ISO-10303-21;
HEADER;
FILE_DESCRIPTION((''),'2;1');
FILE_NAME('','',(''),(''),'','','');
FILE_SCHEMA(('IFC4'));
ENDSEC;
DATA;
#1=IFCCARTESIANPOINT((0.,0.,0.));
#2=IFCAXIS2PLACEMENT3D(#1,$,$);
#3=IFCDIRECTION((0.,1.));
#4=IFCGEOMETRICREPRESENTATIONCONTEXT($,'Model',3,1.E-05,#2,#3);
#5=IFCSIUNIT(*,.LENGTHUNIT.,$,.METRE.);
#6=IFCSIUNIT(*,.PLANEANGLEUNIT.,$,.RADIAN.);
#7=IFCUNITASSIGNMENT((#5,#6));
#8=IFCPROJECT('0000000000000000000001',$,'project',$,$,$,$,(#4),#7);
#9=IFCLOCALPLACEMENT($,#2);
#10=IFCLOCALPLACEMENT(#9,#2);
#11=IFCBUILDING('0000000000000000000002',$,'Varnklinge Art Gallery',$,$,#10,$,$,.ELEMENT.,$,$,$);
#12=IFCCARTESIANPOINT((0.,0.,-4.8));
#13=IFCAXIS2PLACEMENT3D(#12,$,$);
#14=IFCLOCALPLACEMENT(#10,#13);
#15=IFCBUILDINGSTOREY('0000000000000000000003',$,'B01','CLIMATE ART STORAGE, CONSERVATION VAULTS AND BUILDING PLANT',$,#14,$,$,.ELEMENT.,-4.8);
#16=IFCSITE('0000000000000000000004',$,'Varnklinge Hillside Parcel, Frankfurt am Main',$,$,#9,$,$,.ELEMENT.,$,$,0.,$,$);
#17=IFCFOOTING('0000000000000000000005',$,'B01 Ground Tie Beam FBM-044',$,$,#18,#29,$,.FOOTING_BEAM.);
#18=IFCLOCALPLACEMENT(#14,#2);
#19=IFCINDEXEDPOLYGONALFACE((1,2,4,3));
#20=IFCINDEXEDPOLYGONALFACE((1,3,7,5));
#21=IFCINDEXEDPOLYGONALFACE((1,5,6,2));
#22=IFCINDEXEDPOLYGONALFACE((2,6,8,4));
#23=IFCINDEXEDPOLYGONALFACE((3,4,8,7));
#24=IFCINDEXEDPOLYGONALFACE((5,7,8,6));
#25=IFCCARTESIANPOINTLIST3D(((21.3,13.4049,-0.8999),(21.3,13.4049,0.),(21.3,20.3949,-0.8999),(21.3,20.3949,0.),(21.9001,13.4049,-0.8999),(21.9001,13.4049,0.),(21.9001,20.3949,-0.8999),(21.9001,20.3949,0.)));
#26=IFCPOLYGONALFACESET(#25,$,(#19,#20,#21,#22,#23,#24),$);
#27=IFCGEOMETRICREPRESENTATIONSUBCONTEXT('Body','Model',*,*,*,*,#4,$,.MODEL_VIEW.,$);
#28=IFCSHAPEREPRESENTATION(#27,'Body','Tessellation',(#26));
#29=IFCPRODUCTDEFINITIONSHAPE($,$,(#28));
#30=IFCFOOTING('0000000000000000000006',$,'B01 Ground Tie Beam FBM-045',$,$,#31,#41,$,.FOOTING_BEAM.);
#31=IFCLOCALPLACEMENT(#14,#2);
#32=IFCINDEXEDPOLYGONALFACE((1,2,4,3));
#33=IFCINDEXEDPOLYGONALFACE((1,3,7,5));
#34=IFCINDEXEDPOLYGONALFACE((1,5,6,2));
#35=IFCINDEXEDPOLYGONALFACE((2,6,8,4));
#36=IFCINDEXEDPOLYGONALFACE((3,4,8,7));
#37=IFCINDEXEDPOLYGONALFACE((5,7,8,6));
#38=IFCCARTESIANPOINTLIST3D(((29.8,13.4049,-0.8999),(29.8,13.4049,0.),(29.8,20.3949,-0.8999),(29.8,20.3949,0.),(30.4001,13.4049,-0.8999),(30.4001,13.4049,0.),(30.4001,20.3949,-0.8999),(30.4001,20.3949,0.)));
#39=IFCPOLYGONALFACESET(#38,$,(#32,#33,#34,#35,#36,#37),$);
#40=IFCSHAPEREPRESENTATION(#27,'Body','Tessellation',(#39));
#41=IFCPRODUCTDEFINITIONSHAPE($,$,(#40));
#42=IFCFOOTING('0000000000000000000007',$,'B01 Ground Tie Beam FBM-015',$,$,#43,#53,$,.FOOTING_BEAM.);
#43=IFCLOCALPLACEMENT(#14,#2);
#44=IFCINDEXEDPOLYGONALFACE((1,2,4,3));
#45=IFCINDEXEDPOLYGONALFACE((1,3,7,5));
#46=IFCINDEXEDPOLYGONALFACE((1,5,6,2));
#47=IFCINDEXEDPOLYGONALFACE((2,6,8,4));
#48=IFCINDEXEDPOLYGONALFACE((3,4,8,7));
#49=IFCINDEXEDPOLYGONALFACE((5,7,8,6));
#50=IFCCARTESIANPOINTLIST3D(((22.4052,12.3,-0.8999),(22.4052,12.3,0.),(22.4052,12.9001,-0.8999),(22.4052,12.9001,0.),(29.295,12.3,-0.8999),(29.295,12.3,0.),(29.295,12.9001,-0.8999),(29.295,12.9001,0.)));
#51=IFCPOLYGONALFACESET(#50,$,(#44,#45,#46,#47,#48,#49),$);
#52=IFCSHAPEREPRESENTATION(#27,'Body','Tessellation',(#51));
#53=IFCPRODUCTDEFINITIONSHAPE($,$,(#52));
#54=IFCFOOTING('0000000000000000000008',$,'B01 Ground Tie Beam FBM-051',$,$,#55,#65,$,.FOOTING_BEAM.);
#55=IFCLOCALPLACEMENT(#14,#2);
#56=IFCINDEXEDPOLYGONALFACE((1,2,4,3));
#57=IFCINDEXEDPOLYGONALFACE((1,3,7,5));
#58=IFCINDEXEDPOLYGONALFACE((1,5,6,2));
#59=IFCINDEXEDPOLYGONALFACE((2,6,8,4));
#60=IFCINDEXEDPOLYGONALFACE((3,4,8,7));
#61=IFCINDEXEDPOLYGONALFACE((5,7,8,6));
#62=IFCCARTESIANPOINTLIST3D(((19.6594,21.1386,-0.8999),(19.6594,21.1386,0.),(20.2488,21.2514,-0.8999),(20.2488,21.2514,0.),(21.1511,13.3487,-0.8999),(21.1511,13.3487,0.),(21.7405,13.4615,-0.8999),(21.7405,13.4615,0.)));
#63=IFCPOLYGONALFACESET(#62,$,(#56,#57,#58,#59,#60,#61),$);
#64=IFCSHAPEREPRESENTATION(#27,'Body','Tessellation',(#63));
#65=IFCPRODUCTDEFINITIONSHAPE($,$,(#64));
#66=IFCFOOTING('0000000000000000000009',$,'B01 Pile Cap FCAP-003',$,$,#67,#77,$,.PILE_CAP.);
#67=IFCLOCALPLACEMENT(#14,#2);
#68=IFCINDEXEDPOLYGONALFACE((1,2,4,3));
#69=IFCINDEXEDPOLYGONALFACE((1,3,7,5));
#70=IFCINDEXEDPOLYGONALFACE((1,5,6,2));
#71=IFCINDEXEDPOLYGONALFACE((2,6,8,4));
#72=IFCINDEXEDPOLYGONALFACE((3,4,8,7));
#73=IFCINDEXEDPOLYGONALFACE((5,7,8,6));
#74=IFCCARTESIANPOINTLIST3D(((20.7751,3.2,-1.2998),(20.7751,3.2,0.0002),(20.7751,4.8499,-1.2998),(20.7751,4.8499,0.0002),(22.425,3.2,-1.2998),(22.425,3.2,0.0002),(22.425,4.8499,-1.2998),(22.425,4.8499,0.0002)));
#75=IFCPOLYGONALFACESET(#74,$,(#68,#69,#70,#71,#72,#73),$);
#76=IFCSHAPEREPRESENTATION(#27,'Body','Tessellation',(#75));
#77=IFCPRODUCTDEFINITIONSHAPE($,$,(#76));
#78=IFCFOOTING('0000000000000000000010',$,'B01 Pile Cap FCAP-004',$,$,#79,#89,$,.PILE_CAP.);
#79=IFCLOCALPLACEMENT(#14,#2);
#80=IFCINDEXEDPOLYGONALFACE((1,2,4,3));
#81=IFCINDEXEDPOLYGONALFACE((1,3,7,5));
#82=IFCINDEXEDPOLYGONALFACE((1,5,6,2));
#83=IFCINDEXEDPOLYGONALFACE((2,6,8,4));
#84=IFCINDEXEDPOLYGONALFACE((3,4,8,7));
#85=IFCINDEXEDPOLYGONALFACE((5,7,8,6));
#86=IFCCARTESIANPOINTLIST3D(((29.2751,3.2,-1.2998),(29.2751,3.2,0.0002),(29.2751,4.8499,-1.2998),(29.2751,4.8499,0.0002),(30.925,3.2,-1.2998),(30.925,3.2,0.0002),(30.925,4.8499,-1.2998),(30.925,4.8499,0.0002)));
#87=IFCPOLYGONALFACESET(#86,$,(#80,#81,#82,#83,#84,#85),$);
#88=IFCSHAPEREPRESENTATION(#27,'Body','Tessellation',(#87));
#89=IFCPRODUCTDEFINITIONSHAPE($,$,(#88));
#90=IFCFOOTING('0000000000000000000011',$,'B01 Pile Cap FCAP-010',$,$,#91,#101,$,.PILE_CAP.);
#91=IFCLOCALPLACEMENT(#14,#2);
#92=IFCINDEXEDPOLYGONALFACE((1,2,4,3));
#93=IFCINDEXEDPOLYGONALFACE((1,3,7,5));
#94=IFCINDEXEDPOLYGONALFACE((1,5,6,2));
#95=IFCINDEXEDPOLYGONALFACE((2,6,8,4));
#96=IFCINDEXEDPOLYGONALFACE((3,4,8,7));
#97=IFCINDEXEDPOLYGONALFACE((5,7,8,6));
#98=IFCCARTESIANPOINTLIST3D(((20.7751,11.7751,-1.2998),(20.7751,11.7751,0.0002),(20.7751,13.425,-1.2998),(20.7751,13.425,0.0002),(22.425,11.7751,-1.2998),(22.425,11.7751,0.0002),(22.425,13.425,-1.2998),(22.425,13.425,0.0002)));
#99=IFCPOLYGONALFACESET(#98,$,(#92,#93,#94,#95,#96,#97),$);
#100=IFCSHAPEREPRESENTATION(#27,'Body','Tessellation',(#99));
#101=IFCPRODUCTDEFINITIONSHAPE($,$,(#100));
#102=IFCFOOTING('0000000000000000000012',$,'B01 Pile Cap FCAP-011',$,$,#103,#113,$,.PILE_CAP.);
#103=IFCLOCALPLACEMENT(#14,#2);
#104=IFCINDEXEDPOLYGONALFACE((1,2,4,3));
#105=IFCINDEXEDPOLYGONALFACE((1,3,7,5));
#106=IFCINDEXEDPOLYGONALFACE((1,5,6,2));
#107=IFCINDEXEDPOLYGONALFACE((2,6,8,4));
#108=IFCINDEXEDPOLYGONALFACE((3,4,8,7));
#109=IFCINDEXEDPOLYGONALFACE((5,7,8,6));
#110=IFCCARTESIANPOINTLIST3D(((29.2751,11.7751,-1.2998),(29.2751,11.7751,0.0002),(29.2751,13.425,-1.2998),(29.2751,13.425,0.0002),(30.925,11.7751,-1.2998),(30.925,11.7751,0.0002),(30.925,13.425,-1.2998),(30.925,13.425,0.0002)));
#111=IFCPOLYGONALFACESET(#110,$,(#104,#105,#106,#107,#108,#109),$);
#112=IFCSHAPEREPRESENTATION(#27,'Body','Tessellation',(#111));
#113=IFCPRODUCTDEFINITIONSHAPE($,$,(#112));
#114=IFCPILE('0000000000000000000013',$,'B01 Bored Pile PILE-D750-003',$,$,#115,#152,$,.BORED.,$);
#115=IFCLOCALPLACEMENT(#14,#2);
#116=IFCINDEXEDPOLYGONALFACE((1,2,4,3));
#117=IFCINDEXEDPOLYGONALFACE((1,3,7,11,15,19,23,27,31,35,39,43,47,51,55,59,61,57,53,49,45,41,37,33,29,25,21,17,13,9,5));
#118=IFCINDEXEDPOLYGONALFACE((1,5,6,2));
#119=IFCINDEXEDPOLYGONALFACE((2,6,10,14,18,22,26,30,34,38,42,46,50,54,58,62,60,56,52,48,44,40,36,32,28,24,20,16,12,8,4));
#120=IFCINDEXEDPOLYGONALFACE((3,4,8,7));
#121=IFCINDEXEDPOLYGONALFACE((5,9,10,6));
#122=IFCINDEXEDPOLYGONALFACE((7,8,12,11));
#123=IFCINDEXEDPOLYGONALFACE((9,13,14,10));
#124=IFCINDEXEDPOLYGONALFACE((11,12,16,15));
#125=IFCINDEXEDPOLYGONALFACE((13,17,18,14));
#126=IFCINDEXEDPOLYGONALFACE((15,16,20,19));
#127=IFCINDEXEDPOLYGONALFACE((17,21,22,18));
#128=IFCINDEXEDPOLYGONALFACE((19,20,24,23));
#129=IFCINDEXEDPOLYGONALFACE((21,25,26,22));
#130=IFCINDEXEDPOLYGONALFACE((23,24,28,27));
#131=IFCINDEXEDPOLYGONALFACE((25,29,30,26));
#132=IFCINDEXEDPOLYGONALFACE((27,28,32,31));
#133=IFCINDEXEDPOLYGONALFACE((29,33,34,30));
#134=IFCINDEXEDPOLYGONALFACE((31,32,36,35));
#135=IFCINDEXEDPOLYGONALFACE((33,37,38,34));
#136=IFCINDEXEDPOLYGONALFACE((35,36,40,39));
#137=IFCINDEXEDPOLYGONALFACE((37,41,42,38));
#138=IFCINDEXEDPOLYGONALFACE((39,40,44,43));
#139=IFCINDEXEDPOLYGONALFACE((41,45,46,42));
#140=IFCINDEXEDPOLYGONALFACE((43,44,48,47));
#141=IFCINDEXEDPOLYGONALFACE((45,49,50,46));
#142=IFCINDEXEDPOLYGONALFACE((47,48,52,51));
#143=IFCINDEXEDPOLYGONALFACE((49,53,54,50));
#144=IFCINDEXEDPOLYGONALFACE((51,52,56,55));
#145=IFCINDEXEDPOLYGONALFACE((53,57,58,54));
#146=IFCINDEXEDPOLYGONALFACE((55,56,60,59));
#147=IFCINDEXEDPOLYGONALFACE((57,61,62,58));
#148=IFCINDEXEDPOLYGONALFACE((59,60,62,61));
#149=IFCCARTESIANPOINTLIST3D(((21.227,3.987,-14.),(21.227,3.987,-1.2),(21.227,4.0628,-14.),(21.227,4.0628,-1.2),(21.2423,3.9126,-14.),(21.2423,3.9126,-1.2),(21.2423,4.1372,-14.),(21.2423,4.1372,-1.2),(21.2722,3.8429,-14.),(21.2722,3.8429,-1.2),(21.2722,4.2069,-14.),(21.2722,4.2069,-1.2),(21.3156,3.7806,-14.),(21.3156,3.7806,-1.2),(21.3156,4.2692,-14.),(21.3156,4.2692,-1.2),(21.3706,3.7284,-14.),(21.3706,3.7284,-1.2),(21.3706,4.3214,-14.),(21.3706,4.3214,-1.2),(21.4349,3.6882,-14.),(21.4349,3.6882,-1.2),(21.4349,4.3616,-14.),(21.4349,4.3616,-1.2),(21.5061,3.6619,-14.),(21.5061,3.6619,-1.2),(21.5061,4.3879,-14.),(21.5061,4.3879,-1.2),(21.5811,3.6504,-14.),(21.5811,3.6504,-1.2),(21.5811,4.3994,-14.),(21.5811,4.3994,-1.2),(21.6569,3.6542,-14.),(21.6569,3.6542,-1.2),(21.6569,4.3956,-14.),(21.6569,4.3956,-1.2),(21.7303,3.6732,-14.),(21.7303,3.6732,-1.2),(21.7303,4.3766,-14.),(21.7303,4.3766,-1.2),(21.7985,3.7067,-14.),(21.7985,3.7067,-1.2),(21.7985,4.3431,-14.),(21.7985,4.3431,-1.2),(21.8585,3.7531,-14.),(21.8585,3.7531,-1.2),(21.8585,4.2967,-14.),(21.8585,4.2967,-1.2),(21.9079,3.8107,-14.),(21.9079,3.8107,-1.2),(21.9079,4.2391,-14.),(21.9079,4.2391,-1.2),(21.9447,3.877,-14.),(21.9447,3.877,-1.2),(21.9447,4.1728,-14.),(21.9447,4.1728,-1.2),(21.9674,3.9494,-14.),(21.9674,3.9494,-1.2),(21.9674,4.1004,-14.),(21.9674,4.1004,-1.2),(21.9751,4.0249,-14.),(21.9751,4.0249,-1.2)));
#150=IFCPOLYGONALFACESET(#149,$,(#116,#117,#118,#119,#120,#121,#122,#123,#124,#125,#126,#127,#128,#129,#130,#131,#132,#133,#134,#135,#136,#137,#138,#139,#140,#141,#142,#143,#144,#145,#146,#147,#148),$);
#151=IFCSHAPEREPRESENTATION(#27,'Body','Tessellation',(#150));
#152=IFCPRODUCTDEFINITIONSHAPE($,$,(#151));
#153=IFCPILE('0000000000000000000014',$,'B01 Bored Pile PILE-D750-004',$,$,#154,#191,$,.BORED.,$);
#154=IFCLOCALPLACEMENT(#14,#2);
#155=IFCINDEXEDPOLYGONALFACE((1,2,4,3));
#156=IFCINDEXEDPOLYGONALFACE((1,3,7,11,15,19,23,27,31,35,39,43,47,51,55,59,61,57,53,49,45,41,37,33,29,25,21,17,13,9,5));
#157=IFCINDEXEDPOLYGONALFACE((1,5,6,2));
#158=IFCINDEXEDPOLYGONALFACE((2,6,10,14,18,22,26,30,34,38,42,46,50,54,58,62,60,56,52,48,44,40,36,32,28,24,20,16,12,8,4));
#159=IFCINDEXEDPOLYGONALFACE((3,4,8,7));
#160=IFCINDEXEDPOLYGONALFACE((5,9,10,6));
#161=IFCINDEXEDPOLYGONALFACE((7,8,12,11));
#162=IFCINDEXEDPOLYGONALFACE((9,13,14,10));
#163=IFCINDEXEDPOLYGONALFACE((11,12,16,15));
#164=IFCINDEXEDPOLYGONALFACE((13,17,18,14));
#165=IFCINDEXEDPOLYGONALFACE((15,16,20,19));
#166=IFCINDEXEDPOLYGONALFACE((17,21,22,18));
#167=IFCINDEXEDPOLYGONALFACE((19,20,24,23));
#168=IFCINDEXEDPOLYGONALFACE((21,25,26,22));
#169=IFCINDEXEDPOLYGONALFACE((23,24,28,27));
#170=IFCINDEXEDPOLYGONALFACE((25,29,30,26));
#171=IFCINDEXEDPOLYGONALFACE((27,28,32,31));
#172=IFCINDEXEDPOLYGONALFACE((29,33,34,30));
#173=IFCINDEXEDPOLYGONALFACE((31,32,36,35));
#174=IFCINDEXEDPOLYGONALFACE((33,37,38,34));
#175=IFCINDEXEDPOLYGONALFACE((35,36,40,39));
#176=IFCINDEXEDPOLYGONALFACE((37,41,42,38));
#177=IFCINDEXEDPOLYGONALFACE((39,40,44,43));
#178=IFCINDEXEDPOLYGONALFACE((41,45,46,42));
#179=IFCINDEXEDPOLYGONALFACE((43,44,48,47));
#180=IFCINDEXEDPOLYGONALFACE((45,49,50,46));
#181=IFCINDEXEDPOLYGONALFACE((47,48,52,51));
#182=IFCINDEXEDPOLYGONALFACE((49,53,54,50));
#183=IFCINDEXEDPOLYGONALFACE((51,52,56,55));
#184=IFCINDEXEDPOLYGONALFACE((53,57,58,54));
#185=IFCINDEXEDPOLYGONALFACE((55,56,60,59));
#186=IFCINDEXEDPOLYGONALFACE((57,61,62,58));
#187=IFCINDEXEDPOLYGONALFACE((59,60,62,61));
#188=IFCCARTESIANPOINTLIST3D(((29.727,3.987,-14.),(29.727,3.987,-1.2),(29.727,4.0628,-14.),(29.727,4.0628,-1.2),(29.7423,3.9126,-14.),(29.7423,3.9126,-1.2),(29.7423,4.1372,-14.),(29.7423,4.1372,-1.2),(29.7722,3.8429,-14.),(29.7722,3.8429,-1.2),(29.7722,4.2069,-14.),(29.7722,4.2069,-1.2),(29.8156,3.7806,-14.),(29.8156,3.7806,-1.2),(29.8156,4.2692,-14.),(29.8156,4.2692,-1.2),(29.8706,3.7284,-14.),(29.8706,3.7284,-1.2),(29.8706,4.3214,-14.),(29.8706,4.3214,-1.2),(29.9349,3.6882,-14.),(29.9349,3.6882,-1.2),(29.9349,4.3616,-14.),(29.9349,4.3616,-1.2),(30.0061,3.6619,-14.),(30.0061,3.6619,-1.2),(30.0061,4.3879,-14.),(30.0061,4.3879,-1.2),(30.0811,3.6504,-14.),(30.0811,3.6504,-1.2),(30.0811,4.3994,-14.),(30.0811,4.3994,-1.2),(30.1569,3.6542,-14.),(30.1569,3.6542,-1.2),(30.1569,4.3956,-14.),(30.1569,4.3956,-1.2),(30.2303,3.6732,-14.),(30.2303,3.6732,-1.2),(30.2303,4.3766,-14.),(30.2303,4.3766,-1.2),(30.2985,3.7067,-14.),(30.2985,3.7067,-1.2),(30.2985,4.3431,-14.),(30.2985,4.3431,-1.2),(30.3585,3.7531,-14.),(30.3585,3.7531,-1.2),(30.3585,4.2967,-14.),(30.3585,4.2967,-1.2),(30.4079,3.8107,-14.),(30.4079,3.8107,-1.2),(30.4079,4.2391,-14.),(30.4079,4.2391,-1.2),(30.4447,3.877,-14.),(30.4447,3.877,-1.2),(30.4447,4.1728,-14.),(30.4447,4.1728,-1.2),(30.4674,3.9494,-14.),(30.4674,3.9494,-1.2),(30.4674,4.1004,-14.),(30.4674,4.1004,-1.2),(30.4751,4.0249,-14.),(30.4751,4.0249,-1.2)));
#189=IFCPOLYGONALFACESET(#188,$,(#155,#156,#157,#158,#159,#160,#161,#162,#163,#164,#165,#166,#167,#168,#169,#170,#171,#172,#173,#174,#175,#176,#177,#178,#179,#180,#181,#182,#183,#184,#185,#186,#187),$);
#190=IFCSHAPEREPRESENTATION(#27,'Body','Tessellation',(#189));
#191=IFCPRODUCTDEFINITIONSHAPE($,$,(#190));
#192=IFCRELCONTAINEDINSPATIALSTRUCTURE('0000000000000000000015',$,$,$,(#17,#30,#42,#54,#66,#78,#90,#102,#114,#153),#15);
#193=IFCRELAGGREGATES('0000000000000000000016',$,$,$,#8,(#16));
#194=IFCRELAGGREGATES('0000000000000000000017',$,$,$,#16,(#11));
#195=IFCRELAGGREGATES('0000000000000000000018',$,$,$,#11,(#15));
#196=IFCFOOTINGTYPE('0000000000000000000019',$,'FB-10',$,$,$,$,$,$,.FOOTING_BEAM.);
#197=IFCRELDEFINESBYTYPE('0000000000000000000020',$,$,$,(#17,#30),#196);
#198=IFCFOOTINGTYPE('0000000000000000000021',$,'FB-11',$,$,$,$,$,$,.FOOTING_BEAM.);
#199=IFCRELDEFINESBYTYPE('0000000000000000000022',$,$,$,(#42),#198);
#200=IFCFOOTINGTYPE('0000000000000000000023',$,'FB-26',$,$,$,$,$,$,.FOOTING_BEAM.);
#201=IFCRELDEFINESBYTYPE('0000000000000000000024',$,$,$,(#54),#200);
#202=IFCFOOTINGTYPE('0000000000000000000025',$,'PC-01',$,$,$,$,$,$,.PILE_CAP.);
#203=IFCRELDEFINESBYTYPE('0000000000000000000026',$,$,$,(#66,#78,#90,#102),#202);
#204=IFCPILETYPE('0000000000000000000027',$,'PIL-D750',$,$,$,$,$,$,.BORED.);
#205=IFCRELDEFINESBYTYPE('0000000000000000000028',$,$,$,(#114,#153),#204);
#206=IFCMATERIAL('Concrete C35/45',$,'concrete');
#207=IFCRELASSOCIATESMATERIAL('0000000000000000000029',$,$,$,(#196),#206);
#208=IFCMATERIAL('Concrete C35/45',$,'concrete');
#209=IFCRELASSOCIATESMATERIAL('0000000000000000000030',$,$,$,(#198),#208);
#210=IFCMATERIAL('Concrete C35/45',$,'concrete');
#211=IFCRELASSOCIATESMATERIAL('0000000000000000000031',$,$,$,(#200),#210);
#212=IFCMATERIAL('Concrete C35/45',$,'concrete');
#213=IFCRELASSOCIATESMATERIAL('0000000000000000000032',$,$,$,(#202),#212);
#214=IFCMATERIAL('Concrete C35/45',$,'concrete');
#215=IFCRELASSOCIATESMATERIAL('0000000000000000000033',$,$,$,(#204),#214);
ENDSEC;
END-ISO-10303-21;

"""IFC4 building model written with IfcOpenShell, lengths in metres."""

from ifc_helpers import new_model, si_unit, direction, frame, origin, origin_2d, place, context, subcontext, project, spatial, rectangle, circle, extrude, material, material_profile, profile_set, type_object, element, save


model = new_model("IFC4")

# Units and contexts
model_context = context("Model", 3, precision=1e-05, world=origin(), true_north=direction((0.0, 1.0)))
body_context = subcontext(model_context, "Body", "Model", "MODEL_VIEW")
ifc_project = project(units=[si_unit("LENGTHUNIT", "METRE"), si_unit("PLANEANGLEUNIT", "RADIAN")], contexts=[model_context])

# Site, building, storey
site_placement = place(None, origin())
site = spatial("IfcSite", under=ifc_project, at=site_placement, Name="Varnklinge Hillside Parcel, Frankfurt am Main", CompositionType="ELEMENT", RefElevation=0.0)
building_placement = place(site_placement, origin())
building = spatial("IfcBuilding", under=site, at=building_placement, Name="Varnklinge Art Gallery", CompositionType="ELEMENT")
storey_placement = place(building_placement, frame((0.0, 0.0, -4.8)))
storey = spatial("IfcBuildingStorey", under=building, at=storey_placement, Name="B01", Description="CLIMATE ART STORAGE, CONSERVATION VAULTS AND BUILDING PLANT", CompositionType="ELEMENT", Elevation=-4.8)

# Footings
ifc_material_1 = material(Name="Concrete C35/45", Category="concrete")
footing_type_1 = type_object("IfcFootingType", Name="FB-10", PredefinedType="FOOTING_BEAM", material=ifc_material_1)
for number, where, z_axis, x_axis, name in (
    (1, (21.6001, 16.8999, -0.8999), (0.0, 0.0, 1.0), (0.0, -1.0, 0.0), "B01 Ground Tie Beam FBM-044"),
    (2, (30.1001, 16.8999, -0.8999), (0.0, 0.0, 1.0), (0.0, -1.0, 0.0), "B01 Ground Tie Beam FBM-045"),
):
    element("IfcFooting", number, at=place(storey_placement, frame(where, z_axis=z_axis, x_axis=x_axis)), inside=storey, type_object=footing_type_1, Name=name, PredefinedType="FOOTING_BEAM", context=body_context, shape_type="SweptSolid", body=[
        extrude(rectangle(XDim=6.99, YDim=0.6001, at=origin_2d()), origin(), (0.0, 0.0, 1.0), 0.8999),
    ])
ifc_material_2 = material(Name="Concrete C35/45", Category="concrete")
footing_type_2 = type_object("IfcFootingType", Name="FB-11", PredefinedType="FOOTING_BEAM", material=ifc_material_2)
footing_1_placement = place(storey_placement, frame((25.8501, 12.6001, -0.8999), z_axis=(0.0, 0.0, 1.0), x_axis=(1.0, 0.0, 0.0)))
element("IfcFooting", 3, at=footing_1_placement, inside=storey, type_object=footing_type_2, Name="B01 Ground Tie Beam FBM-015", PredefinedType="FOOTING_BEAM", context=body_context, shape_type="SweptSolid", body=[
    extrude(rectangle(XDim=6.8899, YDim=0.6001, at=origin_2d()), origin(), (0.0, 0.0, 1.0), 0.8999),
])
ifc_material_3 = material(Name="Concrete C35/45", Category="concrete")
footing_type_3 = type_object("IfcFootingType", Name="FB-26", PredefinedType="FOOTING_BEAM", material=ifc_material_3)
footing_2_placement = place(storey_placement, frame((20.7, 17.3, -0.8999), z_axis=(0.0, 0.0, 1.0), x_axis=(0.188067, -0.982156, 0.0)))
element("IfcFooting", 4, at=footing_2_placement, inside=storey, type_object=footing_type_3, Name="B01 Ground Tie Beam FBM-051", PredefinedType="FOOTING_BEAM", context=body_context, shape_type="SweptSolid", body=[
    extrude(rectangle(XDim=7.9314, YDim=0.6001, at=origin_2d()), origin(), (0.0, 0.0, 1.0), 0.8999),
])
ifc_material_4 = material(Name="Concrete C35/45", Category="concrete")
footing_type_4 = type_object("IfcFootingType", Name="PC-01", PredefinedType="PILE_CAP", material=ifc_material_4)
for number, where, z_axis, x_axis, name in (
    (5, (21.6001, 4.0249, -1.2998), (0.0, 0.0, 1.0), (1.0, 0.0, 0.0), "B01 Pile Cap FCAP-003"),
    (6, (30.1001, 4.0249, -1.2998), (0.0, 0.0, 1.0), (1.0, 0.0, 0.0), "B01 Pile Cap FCAP-004"),
    (7, (21.6001, 12.6001, -1.2998), (0.0, 0.0, 1.0), (1.0, 0.0, 0.0), "B01 Pile Cap FCAP-010"),
    (8, (30.1001, 12.6001, -1.2998), (0.0, 0.0, 1.0), (1.0, 0.0, 0.0), "B01 Pile Cap FCAP-011"),
):
    element("IfcFooting", number, at=place(storey_placement, frame(where, z_axis=z_axis, x_axis=x_axis)), inside=storey, type_object=footing_type_4, Name=name, PredefinedType="PILE_CAP", context=body_context, shape_type="SweptSolid", body=[
        extrude(rectangle(XDim=1.6499, YDim=1.6499, at=origin_2d()), origin(), (0.0, 0.0, 1.0), 1.3),
    ])

# Piles
ifc_material_5 = material(Name="Concrete C35/45", Category="concrete")
ifc_material_profile_1 = material_profile(ifc_material_5, circle(Radius=0.375, at=origin_2d()), Name="PILE D750")
ifc_profile_set_1 = profile_set([ifc_material_profile_1], Name="Concrete C35/45")
pile_type = type_object("IfcPileType", Name="PIL-D750", PredefinedType="BORED", material=ifc_profile_set_1)
for number, where, z_axis, x_axis, name in (
    (9, (21.6001, 4.0249, -1.2), (0.0, 0.0, -1.0), (1.0, 0.0, 0.0), "B01 Bored Pile PILE-D750-003"),
    (10, (30.1001, 4.0249, -1.2), (0.0, 0.0, -1.0), (1.0, 0.0, 0.0), "B01 Bored Pile PILE-D750-004"),
):
    element("IfcPile", number, at=place(storey_placement, frame(where, z_axis=z_axis, x_axis=x_axis)), inside=storey, type_object=pile_type, Name=name, PredefinedType="BORED", context=body_context, shape_type="SweptSolid", body=[
        extrude(circle(Radius=0.375, at=origin_2d()), origin(), (0.0, 0.0, 1.0), 12.8),
    ])

save(model, "model.ifc")
